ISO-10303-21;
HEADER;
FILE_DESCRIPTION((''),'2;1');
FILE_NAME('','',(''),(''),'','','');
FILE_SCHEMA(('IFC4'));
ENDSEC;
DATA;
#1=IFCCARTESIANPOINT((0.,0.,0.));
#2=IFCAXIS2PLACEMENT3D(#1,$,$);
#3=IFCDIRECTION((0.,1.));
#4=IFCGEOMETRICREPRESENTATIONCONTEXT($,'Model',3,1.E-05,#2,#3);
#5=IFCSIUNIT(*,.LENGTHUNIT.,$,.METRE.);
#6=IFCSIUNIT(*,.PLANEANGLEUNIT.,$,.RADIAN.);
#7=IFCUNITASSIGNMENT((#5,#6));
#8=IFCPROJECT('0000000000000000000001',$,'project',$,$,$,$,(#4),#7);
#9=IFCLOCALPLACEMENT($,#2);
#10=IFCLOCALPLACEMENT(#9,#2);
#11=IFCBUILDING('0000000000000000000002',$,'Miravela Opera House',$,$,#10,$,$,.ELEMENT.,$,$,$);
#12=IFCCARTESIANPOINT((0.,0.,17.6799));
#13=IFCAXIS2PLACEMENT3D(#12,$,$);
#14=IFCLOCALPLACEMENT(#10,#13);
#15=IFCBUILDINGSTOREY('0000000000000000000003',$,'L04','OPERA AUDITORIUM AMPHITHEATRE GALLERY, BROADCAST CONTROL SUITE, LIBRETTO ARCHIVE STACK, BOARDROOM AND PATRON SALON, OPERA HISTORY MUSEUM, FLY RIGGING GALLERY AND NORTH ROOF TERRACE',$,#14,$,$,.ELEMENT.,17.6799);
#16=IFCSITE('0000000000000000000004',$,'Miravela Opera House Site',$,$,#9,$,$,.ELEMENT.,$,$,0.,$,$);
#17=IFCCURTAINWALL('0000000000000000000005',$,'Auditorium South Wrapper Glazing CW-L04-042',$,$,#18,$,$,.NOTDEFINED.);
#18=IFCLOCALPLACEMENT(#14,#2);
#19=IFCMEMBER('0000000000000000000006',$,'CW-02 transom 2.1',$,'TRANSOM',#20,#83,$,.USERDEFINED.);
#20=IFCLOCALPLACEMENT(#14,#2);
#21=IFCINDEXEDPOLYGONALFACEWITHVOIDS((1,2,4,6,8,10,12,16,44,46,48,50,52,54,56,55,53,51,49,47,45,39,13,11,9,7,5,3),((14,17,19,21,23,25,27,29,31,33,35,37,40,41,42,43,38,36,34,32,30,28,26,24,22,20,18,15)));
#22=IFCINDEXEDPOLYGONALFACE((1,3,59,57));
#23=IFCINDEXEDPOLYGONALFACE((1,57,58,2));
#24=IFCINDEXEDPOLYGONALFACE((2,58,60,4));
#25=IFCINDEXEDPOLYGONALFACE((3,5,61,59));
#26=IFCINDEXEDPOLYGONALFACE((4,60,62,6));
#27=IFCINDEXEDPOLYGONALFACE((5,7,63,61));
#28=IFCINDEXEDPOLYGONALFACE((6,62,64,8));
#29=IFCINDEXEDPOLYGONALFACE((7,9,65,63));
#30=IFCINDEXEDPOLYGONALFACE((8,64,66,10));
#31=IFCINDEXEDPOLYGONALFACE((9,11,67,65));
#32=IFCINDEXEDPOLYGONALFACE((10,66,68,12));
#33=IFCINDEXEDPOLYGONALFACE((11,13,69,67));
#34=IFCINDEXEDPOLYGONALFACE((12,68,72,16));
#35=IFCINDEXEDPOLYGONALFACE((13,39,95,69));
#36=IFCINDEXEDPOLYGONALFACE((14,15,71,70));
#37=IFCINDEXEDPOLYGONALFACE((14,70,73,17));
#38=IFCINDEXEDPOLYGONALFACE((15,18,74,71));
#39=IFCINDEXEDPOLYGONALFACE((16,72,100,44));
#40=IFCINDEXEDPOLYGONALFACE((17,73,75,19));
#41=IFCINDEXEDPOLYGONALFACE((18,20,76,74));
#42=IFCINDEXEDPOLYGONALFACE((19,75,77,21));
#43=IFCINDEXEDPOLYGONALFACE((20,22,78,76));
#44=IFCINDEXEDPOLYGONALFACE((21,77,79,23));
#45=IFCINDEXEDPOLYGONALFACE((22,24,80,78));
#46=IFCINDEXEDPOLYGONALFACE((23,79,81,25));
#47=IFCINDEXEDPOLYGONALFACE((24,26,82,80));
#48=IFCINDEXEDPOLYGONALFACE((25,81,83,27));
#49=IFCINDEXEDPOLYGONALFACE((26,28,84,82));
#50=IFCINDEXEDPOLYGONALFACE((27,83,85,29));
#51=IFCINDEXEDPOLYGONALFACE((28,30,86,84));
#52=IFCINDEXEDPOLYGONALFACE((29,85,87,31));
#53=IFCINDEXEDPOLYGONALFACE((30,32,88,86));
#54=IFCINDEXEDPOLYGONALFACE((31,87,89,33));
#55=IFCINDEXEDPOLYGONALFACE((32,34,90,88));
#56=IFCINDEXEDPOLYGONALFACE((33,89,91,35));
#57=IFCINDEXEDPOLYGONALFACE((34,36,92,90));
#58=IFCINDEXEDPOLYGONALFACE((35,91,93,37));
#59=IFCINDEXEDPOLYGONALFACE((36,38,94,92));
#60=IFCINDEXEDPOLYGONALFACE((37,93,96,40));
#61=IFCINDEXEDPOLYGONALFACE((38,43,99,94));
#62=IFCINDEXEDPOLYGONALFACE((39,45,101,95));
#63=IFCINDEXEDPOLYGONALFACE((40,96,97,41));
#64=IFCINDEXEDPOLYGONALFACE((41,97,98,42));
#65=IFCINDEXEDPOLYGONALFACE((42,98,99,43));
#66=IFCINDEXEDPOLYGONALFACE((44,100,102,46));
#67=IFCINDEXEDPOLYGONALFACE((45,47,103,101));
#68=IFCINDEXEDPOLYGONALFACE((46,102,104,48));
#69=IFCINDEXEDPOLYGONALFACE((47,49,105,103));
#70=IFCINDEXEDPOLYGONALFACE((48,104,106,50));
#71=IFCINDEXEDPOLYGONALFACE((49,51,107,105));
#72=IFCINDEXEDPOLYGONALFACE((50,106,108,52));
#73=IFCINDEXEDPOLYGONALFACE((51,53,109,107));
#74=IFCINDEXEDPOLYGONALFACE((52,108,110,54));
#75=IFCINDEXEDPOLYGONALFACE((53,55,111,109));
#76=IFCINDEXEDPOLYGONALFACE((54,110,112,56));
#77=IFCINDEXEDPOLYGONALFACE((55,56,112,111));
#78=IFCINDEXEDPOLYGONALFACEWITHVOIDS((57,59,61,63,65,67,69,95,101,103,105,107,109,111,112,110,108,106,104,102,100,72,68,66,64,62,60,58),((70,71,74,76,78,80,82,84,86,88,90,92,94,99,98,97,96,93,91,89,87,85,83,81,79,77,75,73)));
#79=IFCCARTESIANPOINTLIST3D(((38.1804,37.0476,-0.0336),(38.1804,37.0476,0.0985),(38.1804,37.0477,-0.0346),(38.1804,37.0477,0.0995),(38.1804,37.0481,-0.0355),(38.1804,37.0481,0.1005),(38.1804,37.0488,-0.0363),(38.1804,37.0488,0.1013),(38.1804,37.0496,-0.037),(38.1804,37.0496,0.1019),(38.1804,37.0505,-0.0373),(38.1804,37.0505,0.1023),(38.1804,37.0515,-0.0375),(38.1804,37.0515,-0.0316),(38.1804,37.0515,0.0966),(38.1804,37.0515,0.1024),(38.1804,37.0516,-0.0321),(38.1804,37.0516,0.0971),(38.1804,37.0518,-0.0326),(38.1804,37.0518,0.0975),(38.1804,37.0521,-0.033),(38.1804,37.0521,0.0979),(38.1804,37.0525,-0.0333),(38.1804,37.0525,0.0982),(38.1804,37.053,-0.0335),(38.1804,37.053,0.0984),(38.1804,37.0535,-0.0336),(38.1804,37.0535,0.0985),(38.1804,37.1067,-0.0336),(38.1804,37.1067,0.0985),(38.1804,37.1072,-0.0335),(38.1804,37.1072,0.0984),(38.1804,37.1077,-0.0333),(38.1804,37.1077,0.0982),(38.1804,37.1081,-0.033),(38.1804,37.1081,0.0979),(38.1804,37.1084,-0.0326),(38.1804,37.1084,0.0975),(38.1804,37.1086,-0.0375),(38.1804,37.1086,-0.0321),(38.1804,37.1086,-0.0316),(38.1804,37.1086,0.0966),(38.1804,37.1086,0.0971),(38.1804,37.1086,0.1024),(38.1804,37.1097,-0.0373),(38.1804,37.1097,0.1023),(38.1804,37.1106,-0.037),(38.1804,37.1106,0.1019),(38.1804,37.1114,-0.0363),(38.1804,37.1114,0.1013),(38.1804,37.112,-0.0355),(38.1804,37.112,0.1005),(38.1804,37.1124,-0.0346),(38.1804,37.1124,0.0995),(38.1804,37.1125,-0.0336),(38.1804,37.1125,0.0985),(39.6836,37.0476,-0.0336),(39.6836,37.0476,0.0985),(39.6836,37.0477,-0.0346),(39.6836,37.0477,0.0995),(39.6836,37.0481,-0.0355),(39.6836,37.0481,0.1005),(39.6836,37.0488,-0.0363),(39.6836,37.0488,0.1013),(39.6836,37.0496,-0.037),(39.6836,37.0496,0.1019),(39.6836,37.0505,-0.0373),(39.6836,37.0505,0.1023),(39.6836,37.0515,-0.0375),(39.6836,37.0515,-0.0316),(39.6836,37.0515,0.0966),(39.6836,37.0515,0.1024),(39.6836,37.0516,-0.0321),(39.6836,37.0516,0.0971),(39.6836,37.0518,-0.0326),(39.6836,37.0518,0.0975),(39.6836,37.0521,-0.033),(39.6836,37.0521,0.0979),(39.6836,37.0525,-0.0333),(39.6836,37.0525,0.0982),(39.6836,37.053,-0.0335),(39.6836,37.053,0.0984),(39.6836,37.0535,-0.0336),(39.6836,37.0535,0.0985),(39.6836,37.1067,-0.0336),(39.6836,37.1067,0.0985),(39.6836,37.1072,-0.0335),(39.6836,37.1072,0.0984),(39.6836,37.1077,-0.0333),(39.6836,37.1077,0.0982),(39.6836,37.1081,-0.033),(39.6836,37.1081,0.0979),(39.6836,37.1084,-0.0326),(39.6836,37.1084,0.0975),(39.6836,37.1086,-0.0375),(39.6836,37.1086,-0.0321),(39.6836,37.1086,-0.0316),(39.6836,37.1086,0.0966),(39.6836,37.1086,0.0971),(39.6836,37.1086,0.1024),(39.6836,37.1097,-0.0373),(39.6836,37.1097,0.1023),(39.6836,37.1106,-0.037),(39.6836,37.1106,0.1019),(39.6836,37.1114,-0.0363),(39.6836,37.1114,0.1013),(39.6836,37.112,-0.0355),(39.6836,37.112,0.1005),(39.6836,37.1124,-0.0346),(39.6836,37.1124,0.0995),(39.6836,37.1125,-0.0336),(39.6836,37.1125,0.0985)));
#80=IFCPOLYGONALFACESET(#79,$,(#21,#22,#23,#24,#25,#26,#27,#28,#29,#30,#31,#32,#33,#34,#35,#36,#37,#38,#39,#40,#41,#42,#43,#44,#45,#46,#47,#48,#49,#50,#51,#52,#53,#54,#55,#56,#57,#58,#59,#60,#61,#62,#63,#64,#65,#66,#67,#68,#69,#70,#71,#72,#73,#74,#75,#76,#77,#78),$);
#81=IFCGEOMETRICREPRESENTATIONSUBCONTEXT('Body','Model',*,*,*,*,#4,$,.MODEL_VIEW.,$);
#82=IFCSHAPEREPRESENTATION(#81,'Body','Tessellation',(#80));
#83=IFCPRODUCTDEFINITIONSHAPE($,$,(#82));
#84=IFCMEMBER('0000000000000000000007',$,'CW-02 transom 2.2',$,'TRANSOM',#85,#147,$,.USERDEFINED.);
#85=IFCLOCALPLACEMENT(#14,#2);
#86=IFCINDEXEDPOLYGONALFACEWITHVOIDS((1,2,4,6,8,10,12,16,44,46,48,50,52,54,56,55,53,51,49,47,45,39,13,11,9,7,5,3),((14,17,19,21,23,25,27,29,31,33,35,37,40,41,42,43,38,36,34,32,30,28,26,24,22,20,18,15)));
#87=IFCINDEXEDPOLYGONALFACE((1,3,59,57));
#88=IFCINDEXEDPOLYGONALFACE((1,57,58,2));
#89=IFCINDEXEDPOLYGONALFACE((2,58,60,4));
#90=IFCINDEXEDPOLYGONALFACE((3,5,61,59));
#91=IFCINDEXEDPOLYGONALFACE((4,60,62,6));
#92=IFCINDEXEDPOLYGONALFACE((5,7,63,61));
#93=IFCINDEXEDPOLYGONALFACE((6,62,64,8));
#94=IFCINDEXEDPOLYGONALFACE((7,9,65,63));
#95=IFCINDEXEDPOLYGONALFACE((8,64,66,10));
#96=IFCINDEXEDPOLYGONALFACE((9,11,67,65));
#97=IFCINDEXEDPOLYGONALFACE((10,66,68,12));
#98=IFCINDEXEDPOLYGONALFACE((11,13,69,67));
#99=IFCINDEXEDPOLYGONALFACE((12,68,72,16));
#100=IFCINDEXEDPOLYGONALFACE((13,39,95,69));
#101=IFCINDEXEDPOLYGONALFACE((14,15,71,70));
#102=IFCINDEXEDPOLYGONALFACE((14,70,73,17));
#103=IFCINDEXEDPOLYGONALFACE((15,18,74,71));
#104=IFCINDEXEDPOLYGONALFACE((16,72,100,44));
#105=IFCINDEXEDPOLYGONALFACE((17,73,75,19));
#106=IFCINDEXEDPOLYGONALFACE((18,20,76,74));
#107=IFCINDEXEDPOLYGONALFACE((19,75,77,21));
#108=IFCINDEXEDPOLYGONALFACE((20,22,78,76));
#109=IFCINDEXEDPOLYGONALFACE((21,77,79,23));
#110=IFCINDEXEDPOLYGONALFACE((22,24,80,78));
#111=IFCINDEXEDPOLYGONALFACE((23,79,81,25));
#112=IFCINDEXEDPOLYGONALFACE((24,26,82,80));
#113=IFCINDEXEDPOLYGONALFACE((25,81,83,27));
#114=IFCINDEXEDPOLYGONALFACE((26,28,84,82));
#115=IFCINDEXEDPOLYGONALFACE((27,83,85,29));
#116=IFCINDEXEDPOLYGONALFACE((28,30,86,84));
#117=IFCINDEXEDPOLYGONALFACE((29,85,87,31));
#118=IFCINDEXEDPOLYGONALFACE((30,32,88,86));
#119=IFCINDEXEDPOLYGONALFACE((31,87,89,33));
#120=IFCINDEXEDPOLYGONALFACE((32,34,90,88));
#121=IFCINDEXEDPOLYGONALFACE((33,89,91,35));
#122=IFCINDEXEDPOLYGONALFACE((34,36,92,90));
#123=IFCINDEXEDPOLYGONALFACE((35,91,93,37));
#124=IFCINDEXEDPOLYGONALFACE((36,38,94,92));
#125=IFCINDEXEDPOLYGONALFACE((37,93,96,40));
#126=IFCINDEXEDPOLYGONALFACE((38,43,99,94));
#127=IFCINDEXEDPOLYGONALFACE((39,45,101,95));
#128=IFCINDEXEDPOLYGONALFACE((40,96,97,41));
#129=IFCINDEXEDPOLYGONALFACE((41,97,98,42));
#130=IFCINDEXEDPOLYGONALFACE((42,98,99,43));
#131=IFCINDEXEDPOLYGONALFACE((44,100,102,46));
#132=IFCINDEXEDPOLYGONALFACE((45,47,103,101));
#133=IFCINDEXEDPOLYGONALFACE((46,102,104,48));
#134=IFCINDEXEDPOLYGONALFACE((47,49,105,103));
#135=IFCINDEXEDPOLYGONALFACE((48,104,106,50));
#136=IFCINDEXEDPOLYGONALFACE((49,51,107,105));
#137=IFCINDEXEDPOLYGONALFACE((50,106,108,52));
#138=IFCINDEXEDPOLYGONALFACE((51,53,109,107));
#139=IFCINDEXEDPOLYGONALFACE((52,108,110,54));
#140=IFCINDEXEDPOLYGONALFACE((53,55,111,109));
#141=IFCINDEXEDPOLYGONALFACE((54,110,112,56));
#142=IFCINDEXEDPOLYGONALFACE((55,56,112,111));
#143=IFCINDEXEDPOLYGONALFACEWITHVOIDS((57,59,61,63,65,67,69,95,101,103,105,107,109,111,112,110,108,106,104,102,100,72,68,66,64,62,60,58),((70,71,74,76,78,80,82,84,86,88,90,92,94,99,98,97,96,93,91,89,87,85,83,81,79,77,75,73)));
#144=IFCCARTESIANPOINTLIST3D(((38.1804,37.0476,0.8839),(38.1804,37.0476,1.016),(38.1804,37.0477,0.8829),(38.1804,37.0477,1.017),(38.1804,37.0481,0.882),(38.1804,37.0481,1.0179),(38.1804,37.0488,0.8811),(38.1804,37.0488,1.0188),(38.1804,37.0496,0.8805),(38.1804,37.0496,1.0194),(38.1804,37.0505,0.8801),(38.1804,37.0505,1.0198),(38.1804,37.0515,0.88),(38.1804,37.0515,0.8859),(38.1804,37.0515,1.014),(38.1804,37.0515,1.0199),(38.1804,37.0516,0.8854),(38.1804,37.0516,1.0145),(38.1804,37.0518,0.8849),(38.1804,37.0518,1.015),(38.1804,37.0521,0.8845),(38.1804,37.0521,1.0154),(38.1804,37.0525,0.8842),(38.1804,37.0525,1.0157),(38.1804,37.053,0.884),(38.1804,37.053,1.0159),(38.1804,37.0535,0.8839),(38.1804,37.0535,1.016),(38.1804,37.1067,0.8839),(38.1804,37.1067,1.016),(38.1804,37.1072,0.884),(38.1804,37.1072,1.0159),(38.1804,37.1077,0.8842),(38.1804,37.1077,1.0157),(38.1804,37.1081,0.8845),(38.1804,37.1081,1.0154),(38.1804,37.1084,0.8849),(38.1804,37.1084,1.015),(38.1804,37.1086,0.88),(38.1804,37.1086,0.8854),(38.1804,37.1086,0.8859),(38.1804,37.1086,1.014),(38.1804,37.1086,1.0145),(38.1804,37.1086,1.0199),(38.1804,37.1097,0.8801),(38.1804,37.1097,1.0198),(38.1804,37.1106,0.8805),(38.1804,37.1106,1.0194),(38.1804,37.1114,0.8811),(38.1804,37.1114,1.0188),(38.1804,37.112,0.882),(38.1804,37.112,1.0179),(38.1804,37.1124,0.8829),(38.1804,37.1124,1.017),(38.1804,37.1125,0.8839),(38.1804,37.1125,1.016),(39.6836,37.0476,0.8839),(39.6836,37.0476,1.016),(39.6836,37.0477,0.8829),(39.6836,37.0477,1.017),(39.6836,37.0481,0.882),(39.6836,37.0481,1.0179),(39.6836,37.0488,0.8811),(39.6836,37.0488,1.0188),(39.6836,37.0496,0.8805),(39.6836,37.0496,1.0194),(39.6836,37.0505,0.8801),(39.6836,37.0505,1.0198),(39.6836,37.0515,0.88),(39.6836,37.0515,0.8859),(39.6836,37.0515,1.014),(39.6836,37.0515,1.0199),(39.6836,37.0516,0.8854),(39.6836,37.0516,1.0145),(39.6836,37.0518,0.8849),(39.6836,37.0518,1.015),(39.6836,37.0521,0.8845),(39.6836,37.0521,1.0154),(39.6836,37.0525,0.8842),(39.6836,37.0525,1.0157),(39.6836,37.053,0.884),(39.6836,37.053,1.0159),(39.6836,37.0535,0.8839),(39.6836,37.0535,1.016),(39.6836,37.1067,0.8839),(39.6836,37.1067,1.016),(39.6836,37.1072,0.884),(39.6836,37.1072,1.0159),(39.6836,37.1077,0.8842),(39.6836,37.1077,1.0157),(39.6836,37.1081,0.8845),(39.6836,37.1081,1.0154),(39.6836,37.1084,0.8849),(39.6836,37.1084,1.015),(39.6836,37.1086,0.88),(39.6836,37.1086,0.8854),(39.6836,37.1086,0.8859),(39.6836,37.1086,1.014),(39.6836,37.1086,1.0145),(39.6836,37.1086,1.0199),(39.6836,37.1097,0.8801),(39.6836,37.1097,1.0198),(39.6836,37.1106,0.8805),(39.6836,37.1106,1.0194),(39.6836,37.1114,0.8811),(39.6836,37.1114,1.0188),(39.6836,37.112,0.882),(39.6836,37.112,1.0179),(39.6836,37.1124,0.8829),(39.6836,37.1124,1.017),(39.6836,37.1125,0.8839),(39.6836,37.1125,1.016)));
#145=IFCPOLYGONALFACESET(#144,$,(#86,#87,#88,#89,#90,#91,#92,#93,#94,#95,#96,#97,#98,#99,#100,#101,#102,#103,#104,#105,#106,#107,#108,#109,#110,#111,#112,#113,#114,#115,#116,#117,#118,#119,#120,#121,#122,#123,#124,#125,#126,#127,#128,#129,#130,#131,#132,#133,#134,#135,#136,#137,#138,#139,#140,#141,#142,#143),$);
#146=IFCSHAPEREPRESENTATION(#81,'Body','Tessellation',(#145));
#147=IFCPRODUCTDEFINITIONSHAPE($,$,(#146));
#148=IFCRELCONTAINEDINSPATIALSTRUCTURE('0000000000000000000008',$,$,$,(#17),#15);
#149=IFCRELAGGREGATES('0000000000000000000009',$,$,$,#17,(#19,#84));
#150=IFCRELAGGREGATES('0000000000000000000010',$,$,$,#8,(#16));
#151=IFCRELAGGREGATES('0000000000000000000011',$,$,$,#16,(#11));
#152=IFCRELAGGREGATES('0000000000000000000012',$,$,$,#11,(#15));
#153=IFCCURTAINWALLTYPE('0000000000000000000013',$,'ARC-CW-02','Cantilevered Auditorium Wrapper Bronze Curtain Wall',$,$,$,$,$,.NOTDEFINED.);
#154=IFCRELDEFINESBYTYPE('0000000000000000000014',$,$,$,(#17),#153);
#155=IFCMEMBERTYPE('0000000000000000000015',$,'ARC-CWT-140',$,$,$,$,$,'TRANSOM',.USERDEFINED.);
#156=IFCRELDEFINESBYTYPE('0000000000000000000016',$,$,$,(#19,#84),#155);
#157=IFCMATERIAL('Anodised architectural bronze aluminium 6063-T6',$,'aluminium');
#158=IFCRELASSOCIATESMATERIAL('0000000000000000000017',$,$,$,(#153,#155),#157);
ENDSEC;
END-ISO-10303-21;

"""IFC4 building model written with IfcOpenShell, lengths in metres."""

from ifc_helpers import new_model, si_unit, direction, frame, origin, origin_2d, place, context, subcontext, project, spatial, hollow_rectangle, extrude, material, material_profile, profile_set, type_object, element, aggregate, save


model = new_model("IFC4")

# Units and contexts
model_context = context("Model", 3, precision=1e-05, world=origin(), true_north=direction((0.0, 1.0)))
body_context = subcontext(model_context, "Body", "Model", "MODEL_VIEW")
ifc_project = project(units=[si_unit("LENGTHUNIT", "METRE"), si_unit("PLANEANGLEUNIT", "RADIAN")], contexts=[model_context])

# Site, building, storey
site_placement = place(None, origin())
site = spatial("IfcSite", under=ifc_project, at=site_placement, Name="Miravela Opera House Site", CompositionType="ELEMENT", RefElevation=0.0)
building_placement = place(site_placement, origin())
building = spatial("IfcBuilding", under=site, at=building_placement, Name="Miravela Opera House", CompositionType="ELEMENT")
storey_placement = place(building_placement, frame((0.0, 0.0, 17.6799)))
storey = spatial("IfcBuildingStorey", under=building, at=storey_placement, Name="L04", Description="OPERA AUDITORIUM AMPHITHEATRE GALLERY, BROADCAST CONTROL SUITE, LIBRETTO ARCHIVE STACK, BOARDROOM AND PATRON SALON, OPERA HISTORY MUSEUM, FLY RIGGING GALLERY AND NORTH ROOF TERRACE", CompositionType="ELEMENT", Elevation=17.6799)

# Curtain wall
ifc_material_1 = material(Name="Anodised architectural bronze aluminium 6063-T6", Category="aluminium")
curtain_wall_type = type_object("IfcCurtainWallType", Name="ARC-CW-02", Description="Cantilevered Auditorium Wrapper Bronze Curtain Wall", PredefinedType="NOTDEFINED", material=ifc_material_1)
curtain_wall_1_placement = place(storey_placement, origin())
curtain_wall_1 = element("IfcCurtainWall", 1, at=curtain_wall_1_placement, inside=storey, type_object=curtain_wall_type, Name="Auditorium South Wrapper Glazing CW-L04-042", PredefinedType="NOTDEFINED")

# Members
ifc_material_profile_1 = material_profile(ifc_material_1, hollow_rectangle(XDim=0.0649, YDim=0.1399, WallThickness=0.0039, InnerFilletRadius=0.002, OuterFilletRadius=0.0039, at=origin_2d()), Name="CWT-65X140")
ifc_profile_set_1 = profile_set([ifc_material_profile_1])
member_type_1 = type_object("IfcMemberType", Name="ARC-CWT-140", ElementType="TRANSOM", PredefinedType="USERDEFINED", material=ifc_profile_set_1)
member_1_placement = place(storey_placement, frame((38.1804, 37.0801, 0.0325), z_axis=(1.0, 0.0, 0.0), x_axis=(0.0, 1.0, 0.0)))
member_1 = element("IfcMember", 2, at=member_1_placement, type_object=member_type_1, Name="CW-02 transom 2.1", ObjectType="TRANSOM", PredefinedType="USERDEFINED", context=body_context, shape_type="SweptSolid", body=[
    extrude(hollow_rectangle(XDim=0.0649, YDim=0.1399, WallThickness=0.0039, InnerFilletRadius=0.002, OuterFilletRadius=0.0039, at=origin_2d()), origin(), (0.0, 0.0, 1.0), 1.5032),
])
member_2_placement = place(storey_placement, frame((38.1804, 37.0801, 0.95), z_axis=(1.0, 0.0, 0.0), x_axis=(0.0, 1.0, 0.0)))
member_2 = element("IfcMember", 3, at=member_2_placement, type_object=member_type_1, Name="CW-02 transom 2.2", ObjectType="TRANSOM", PredefinedType="USERDEFINED", context=body_context, shape_type="SweptSolid", body=[
    extrude(hollow_rectangle(XDim=0.0649, YDim=0.1399, WallThickness=0.0039, InnerFilletRadius=0.002, OuterFilletRadius=0.0039, at=origin_2d()), origin(), (0.0, 0.0, 1.0), 1.5032),
])

aggregate(curtain_wall_1, [member_1, member_2])

save(model, "model.ifc")
